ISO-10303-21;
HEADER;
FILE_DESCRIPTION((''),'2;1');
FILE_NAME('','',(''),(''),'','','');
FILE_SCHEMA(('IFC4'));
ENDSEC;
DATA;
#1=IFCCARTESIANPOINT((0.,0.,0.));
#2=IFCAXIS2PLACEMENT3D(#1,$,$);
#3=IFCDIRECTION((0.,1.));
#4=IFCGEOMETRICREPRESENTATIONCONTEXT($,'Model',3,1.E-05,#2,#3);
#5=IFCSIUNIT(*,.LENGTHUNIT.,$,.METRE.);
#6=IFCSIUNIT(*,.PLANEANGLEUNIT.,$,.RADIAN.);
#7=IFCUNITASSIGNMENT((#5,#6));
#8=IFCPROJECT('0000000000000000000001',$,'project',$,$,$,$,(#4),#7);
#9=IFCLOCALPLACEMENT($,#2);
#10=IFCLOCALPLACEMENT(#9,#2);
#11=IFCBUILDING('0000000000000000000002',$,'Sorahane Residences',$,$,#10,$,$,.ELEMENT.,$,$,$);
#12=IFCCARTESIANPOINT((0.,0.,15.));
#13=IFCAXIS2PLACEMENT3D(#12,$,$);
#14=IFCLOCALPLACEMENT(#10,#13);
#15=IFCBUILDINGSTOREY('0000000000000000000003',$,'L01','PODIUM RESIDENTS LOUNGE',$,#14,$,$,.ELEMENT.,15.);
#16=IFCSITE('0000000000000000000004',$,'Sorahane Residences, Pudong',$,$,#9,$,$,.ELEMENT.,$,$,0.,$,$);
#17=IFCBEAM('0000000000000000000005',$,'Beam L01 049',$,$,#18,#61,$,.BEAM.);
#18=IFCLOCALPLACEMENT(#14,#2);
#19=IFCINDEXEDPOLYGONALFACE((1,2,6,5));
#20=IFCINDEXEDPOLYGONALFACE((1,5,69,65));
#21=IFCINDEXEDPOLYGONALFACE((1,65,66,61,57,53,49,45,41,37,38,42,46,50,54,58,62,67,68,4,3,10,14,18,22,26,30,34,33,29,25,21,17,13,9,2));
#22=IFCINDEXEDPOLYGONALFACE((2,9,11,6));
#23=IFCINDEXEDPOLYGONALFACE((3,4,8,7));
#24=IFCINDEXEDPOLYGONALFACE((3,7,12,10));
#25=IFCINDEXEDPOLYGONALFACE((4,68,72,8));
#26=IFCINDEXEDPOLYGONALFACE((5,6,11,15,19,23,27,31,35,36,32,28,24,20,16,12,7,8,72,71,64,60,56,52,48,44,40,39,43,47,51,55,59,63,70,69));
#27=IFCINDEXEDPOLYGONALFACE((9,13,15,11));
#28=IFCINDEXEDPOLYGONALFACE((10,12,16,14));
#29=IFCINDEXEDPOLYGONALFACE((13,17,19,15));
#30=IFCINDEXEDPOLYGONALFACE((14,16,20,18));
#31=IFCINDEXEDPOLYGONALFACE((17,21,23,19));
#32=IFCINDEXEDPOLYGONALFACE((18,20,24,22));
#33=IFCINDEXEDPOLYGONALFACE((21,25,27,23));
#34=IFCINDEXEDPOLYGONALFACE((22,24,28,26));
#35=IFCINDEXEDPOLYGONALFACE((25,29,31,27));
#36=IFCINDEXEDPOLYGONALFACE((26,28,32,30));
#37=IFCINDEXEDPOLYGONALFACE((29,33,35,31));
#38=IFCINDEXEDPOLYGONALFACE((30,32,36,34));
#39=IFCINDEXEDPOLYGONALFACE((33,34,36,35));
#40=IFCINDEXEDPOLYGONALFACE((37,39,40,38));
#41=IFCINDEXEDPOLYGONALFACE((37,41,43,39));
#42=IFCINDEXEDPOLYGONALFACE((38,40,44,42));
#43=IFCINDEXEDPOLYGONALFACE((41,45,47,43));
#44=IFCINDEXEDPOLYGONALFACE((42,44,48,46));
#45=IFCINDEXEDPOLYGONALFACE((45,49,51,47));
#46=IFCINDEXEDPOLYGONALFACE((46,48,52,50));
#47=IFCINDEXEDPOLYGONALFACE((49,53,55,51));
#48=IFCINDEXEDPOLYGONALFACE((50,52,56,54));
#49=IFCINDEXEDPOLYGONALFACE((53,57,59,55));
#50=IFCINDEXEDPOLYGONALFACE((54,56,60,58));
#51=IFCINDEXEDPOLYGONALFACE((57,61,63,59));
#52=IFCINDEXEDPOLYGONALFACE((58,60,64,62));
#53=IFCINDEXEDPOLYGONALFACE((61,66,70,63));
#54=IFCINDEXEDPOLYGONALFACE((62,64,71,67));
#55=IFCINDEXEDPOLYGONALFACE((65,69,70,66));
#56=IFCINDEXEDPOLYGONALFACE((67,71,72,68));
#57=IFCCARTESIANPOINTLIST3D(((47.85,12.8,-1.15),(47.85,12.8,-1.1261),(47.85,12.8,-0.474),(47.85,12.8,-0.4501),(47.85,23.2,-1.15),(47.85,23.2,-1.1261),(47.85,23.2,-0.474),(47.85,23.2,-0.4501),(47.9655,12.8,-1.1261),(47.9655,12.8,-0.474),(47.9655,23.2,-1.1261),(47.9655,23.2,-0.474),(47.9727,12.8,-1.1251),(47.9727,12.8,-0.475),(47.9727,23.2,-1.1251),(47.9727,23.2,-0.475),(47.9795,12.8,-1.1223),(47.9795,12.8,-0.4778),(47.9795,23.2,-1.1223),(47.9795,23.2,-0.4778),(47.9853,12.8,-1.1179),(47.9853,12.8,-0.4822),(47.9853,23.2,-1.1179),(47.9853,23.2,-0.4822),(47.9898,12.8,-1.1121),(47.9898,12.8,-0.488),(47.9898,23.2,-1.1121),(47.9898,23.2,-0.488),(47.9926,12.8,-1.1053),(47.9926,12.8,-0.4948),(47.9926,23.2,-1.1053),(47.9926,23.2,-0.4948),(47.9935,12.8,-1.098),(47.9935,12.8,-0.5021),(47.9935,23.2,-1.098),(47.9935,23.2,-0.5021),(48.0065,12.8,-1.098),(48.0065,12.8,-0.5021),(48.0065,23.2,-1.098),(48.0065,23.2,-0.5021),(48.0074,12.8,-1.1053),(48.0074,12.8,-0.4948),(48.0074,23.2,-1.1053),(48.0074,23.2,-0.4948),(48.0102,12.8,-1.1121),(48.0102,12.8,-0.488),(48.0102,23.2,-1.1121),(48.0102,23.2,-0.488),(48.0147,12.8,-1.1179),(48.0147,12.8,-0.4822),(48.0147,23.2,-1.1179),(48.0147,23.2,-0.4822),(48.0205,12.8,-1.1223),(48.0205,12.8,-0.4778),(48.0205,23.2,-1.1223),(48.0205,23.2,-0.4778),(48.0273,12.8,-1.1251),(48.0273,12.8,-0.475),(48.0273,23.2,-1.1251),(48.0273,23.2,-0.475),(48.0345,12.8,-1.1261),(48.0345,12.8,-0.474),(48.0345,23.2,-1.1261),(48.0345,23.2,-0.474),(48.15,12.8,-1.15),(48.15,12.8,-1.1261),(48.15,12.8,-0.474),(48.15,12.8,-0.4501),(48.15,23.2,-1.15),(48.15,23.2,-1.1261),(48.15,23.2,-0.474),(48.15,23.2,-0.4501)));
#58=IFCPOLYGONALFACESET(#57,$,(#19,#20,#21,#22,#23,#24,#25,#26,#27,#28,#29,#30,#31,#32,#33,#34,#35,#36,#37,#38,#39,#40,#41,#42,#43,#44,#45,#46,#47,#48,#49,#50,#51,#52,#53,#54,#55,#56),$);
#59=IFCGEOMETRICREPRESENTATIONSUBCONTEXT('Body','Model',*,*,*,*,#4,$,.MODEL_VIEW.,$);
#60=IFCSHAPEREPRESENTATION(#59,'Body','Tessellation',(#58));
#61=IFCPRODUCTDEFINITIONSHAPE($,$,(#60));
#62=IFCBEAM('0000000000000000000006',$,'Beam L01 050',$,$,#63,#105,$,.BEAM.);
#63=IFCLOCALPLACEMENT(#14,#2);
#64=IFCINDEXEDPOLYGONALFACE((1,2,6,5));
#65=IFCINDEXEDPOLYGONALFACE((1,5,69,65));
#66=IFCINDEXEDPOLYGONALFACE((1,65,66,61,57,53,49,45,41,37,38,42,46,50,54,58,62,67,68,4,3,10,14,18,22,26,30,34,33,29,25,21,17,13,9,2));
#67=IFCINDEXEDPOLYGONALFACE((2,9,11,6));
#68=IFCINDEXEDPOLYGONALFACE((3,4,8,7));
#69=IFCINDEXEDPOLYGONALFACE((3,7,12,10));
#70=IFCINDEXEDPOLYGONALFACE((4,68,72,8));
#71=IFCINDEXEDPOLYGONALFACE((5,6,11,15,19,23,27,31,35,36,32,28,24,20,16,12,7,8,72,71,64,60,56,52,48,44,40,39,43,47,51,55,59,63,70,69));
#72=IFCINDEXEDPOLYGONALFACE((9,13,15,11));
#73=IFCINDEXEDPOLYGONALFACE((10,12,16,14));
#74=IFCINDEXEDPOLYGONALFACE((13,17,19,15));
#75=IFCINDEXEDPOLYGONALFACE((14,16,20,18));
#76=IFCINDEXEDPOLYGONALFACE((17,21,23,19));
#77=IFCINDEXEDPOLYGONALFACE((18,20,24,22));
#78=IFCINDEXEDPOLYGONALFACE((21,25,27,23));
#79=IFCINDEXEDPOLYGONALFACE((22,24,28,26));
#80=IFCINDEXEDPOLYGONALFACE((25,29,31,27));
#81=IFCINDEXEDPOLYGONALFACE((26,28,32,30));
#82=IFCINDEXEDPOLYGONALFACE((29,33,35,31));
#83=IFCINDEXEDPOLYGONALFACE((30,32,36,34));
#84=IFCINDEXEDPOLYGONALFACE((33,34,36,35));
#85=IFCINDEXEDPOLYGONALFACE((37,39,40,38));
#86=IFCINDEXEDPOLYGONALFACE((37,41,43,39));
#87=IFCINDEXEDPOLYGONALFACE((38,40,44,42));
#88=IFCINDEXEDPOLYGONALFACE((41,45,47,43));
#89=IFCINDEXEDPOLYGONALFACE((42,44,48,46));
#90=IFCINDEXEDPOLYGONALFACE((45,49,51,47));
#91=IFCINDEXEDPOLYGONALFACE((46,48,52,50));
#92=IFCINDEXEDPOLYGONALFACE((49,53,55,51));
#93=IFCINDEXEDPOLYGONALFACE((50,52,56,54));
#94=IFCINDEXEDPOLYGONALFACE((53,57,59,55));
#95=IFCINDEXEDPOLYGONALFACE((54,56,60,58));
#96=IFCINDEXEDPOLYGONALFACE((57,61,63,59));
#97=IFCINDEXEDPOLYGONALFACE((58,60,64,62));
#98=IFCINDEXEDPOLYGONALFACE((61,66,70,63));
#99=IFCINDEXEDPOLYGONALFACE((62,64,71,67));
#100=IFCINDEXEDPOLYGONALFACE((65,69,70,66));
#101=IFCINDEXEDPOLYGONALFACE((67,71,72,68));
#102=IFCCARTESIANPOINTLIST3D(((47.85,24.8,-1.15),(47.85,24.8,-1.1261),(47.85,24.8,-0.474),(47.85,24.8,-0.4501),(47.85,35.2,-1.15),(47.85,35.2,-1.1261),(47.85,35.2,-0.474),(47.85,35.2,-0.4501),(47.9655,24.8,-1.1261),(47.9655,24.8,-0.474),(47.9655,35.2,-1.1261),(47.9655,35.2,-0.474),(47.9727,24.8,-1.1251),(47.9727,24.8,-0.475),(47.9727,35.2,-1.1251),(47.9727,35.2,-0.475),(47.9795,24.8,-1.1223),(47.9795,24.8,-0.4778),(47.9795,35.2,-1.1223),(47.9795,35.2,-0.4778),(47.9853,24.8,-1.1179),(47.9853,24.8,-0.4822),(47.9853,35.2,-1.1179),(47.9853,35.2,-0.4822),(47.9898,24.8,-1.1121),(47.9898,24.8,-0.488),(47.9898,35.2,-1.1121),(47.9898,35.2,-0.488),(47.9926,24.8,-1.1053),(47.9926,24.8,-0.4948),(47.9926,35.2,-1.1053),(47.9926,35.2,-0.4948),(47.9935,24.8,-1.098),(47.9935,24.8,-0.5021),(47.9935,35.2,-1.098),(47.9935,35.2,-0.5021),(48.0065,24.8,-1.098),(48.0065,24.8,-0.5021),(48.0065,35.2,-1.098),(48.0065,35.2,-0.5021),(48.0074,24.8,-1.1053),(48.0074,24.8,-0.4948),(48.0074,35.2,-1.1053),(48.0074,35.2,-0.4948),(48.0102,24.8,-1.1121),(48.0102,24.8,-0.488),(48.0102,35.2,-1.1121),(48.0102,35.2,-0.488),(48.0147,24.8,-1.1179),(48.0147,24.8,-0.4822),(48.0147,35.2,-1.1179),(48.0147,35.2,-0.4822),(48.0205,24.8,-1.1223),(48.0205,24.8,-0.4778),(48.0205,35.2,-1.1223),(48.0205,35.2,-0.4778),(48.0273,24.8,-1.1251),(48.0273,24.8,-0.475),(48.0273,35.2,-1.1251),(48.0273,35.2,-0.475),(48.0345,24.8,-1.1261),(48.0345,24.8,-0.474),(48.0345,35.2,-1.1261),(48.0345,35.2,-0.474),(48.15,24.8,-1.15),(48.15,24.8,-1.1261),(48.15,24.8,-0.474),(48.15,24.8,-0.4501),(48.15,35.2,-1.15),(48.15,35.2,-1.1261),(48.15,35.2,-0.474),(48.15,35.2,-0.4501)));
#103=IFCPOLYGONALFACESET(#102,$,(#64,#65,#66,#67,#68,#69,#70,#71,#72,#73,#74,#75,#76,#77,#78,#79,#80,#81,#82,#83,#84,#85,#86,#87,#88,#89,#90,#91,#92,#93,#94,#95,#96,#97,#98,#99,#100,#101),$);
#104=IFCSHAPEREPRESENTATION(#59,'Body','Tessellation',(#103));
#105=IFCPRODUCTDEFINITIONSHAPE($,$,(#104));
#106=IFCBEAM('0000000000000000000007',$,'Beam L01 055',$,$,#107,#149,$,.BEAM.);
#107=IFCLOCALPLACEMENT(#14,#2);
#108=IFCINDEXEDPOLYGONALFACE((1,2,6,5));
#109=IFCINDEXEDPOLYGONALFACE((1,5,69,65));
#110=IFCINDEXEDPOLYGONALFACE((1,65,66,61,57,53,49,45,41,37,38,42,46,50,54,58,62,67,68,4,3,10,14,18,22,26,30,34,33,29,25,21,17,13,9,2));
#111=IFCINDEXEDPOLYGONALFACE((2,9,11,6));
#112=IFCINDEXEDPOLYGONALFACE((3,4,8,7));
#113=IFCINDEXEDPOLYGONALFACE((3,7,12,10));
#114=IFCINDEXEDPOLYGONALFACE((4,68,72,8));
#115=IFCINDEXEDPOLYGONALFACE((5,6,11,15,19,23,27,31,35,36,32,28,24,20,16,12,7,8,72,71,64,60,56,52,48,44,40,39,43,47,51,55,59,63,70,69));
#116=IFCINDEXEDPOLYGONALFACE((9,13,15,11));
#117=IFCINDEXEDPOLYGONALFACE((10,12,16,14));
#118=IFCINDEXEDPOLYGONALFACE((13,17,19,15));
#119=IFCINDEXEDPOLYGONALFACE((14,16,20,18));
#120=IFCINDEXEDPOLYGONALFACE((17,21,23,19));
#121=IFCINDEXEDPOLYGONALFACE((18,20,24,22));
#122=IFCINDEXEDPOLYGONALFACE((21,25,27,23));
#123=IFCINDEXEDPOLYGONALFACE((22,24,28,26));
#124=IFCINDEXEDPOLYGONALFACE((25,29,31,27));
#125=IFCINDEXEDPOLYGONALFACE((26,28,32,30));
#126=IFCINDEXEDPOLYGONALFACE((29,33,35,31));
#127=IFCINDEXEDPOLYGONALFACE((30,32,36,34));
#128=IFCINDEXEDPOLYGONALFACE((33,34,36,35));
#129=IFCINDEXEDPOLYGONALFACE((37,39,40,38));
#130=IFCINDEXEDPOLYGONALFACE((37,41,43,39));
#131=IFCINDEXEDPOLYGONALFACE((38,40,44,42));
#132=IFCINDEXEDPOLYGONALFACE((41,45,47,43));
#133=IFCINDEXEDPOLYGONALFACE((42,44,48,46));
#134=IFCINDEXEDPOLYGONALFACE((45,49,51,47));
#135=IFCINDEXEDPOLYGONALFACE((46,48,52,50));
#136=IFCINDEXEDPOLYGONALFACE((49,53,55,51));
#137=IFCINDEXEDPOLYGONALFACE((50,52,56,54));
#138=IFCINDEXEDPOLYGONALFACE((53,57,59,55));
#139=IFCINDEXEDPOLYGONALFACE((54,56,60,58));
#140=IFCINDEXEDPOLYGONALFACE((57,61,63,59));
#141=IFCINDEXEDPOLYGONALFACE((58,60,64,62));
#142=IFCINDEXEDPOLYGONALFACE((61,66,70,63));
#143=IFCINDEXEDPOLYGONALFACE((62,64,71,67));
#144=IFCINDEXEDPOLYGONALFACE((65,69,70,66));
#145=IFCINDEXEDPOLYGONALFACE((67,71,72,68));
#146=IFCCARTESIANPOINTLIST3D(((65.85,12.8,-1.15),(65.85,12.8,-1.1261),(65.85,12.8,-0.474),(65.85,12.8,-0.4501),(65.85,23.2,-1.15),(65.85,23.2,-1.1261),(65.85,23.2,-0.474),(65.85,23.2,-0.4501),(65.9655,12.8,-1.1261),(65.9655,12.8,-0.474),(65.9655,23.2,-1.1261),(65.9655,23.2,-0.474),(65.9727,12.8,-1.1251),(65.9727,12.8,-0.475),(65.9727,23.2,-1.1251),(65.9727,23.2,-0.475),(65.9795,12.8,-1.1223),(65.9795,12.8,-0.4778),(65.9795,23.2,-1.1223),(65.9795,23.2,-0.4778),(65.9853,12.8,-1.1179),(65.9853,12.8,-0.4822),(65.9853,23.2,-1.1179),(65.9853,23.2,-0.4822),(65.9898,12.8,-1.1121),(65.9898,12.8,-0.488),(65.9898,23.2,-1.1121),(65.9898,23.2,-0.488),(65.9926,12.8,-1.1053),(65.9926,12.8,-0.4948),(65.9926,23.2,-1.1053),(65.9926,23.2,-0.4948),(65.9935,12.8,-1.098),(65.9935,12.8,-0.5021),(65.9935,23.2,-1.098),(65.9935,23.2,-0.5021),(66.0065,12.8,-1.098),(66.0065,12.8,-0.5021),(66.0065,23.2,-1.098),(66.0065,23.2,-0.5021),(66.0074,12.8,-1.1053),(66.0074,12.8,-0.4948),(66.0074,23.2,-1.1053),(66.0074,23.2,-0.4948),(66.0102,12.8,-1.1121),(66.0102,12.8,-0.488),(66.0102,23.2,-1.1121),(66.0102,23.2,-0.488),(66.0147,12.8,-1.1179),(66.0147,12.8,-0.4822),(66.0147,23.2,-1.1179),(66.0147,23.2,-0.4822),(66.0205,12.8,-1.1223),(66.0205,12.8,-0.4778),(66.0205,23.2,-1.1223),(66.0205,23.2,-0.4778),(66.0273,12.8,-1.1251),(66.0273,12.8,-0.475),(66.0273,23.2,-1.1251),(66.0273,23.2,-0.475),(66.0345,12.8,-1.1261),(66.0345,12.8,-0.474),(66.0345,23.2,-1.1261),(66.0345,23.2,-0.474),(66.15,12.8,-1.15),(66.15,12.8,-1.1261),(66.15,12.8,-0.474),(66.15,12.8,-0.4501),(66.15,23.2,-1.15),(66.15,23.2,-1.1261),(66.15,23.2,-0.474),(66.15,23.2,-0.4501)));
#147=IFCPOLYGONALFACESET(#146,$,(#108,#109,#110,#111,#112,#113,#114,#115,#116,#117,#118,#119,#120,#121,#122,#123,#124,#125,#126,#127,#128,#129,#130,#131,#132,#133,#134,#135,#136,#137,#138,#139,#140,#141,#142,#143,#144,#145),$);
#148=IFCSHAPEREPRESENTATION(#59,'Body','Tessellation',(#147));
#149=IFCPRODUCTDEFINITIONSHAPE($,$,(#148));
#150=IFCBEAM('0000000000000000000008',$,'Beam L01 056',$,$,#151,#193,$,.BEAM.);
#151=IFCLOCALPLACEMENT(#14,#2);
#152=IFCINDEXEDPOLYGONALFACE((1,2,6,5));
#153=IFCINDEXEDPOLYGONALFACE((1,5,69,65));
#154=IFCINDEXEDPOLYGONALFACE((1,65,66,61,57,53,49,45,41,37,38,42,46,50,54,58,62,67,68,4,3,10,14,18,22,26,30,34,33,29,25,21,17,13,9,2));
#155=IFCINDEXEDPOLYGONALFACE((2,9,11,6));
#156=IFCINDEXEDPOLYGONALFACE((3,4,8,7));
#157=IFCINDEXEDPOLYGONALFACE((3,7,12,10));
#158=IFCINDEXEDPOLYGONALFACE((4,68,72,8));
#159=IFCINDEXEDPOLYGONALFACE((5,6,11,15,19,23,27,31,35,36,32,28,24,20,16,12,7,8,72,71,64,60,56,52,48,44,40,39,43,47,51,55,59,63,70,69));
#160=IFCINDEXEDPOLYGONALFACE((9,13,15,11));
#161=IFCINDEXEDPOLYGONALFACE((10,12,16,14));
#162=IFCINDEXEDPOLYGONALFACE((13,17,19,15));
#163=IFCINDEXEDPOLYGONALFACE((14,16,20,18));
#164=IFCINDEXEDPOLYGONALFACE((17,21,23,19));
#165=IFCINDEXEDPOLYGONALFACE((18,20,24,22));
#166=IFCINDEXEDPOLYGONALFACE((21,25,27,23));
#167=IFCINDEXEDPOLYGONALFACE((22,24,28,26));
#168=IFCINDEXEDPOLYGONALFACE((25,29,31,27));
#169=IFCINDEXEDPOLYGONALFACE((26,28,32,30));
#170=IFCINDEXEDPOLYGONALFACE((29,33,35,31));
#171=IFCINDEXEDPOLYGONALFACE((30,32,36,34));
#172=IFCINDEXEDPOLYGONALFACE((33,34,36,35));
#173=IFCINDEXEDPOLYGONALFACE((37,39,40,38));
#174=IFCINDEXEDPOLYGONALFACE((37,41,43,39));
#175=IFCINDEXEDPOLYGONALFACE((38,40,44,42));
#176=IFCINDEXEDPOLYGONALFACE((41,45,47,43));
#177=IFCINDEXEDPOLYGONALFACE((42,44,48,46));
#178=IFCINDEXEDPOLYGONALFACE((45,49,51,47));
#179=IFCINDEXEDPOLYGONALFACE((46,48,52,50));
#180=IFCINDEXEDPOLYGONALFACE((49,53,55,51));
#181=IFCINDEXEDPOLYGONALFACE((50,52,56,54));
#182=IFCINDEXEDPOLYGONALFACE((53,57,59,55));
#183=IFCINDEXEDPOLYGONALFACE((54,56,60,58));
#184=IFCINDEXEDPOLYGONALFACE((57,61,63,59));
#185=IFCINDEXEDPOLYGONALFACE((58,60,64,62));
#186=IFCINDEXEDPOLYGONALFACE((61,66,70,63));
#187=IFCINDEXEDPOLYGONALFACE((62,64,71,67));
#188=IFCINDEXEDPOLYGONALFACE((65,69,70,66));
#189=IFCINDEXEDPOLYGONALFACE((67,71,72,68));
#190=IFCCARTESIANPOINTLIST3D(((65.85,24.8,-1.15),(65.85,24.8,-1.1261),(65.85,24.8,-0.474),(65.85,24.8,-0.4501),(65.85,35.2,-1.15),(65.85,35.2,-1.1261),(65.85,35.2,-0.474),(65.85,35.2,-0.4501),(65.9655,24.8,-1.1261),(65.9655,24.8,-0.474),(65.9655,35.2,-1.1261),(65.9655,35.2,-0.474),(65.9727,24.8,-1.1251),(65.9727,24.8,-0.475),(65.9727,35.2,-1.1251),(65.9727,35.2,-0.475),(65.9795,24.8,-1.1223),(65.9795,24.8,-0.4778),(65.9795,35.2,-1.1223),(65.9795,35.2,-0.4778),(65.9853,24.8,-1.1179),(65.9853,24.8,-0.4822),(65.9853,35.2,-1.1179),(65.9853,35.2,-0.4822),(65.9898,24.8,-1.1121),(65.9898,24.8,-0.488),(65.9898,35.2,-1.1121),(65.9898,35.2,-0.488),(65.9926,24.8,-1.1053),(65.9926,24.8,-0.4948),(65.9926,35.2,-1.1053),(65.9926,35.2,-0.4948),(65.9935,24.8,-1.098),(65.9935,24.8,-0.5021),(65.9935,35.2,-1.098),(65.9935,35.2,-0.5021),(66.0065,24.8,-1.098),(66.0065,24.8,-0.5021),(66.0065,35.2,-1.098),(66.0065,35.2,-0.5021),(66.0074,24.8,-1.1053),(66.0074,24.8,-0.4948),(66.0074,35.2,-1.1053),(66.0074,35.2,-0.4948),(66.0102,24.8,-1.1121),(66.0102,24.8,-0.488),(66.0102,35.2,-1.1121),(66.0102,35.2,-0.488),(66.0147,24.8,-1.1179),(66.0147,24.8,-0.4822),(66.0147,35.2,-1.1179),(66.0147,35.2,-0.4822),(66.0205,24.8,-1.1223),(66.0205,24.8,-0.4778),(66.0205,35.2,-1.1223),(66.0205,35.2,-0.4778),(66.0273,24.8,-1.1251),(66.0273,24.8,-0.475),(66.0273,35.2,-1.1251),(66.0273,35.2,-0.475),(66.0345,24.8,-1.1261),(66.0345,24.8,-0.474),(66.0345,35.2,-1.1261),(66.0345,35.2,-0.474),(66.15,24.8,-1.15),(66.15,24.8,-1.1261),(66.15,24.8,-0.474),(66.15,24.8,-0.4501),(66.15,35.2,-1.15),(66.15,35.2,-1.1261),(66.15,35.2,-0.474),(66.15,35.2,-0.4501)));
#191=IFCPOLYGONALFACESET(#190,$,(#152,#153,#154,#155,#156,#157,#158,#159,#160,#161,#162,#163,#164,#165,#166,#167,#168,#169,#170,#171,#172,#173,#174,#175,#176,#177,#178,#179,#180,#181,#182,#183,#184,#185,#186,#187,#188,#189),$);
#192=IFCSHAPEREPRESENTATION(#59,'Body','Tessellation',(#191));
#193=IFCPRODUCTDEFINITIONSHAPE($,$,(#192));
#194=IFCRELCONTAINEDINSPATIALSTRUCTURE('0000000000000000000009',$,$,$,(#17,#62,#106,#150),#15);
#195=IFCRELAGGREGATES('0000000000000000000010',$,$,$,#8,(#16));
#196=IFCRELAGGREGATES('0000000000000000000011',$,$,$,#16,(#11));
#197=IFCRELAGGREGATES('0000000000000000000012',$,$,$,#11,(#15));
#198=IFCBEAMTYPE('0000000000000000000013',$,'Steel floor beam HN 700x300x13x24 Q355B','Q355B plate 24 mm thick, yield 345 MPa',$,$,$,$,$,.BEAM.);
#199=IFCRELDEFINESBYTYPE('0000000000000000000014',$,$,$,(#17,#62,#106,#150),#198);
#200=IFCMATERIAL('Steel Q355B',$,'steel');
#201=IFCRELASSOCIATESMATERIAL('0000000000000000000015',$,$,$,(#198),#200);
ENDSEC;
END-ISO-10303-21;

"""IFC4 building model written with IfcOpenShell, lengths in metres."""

from ifc_helpers import new_model, si_unit, direction, frame, origin, origin_2d, place, context, subcontext, project, spatial, i_section, extrude, material, material_profile, profile_set, type_object, element, save


model = new_model("IFC4")

# Units and contexts
model_context = context("Model", 3, precision=1e-05, world=origin(), true_north=direction((0.0, 1.0)))
body_context = subcontext(model_context, "Body", "Model", "MODEL_VIEW")
ifc_project = project(units=[si_unit("LENGTHUNIT", "METRE"), si_unit("PLANEANGLEUNIT", "RADIAN")], contexts=[model_context])

# Site, building, storey
site_placement = place(None, origin())
site = spatial("IfcSite", under=ifc_project, at=site_placement, Name="Sorahane Residences, Pudong", CompositionType="ELEMENT", RefElevation=0.0)
building_placement = place(site_placement, origin())
building = spatial("IfcBuilding", under=site, at=building_placement, Name="Sorahane Residences", CompositionType="ELEMENT")
storey_placement = place(building_placement, frame((0.0, 0.0, 15.0)))
storey = spatial("IfcBuildingStorey", under=building, at=storey_placement, Name="L01", Description="PODIUM RESIDENTS LOUNGE", CompositionType="ELEMENT", Elevation=15.0)

# Beams
ifc_material_1 = material(Name="Steel Q355B", Category="steel")
ifc_material_profile_1 = material_profile(ifc_material_1, i_section(OverallWidth=0.3, OverallDepth=0.7, WebThickness=0.0129, FlangeThickness=0.0239, FilletRadius=0.0281, at=origin_2d()), Name="HN 700x300x13x24")
ifc_profile_set_1 = profile_set([ifc_material_profile_1], Name="Steel Q355B")
beam_type_1 = type_object("IfcBeamType", Name="Steel floor beam HN 700x300x13x24 Q355B", Description="Q355B plate 24 mm thick, yield 345 MPa", PredefinedType="BEAM", material=ifc_profile_set_1)
for number, where, z_axis, x_axis, name in (
    (1, (48.0, 12.8, -0.8), (0.0, 1.0, 0.0), (-1.0, 0.0, 0.0), "Beam L01 049"),
    (2, (48.0, 24.8, -0.8), (0.0, 1.0, 0.0), (-1.0, 0.0, 0.0), "Beam L01 050"),
    (3, (66.0, 12.8, -0.8), (0.0, 1.0, 0.0), (-1.0, 0.0, 0.0), "Beam L01 055"),
    (4, (66.0, 24.8, -0.8), (0.0, 1.0, 0.0), (-1.0, 0.0, 0.0), "Beam L01 056"),
):
    element("IfcBeam", number, at=place(storey_placement, frame(where, z_axis=z_axis, x_axis=x_axis)), inside=storey, type_object=beam_type_1, Name=name, PredefinedType="BEAM", context=body_context, shape_type="SweptSolid", body=[
        extrude(i_section(OverallWidth=0.3, OverallDepth=0.7, WebThickness=0.0129, FlangeThickness=0.0239, FilletRadius=0.0281, at=origin_2d()), origin(), (0.0, 0.0, 1.0), 10.3999),
    ])

save(model, "model.ifc")
